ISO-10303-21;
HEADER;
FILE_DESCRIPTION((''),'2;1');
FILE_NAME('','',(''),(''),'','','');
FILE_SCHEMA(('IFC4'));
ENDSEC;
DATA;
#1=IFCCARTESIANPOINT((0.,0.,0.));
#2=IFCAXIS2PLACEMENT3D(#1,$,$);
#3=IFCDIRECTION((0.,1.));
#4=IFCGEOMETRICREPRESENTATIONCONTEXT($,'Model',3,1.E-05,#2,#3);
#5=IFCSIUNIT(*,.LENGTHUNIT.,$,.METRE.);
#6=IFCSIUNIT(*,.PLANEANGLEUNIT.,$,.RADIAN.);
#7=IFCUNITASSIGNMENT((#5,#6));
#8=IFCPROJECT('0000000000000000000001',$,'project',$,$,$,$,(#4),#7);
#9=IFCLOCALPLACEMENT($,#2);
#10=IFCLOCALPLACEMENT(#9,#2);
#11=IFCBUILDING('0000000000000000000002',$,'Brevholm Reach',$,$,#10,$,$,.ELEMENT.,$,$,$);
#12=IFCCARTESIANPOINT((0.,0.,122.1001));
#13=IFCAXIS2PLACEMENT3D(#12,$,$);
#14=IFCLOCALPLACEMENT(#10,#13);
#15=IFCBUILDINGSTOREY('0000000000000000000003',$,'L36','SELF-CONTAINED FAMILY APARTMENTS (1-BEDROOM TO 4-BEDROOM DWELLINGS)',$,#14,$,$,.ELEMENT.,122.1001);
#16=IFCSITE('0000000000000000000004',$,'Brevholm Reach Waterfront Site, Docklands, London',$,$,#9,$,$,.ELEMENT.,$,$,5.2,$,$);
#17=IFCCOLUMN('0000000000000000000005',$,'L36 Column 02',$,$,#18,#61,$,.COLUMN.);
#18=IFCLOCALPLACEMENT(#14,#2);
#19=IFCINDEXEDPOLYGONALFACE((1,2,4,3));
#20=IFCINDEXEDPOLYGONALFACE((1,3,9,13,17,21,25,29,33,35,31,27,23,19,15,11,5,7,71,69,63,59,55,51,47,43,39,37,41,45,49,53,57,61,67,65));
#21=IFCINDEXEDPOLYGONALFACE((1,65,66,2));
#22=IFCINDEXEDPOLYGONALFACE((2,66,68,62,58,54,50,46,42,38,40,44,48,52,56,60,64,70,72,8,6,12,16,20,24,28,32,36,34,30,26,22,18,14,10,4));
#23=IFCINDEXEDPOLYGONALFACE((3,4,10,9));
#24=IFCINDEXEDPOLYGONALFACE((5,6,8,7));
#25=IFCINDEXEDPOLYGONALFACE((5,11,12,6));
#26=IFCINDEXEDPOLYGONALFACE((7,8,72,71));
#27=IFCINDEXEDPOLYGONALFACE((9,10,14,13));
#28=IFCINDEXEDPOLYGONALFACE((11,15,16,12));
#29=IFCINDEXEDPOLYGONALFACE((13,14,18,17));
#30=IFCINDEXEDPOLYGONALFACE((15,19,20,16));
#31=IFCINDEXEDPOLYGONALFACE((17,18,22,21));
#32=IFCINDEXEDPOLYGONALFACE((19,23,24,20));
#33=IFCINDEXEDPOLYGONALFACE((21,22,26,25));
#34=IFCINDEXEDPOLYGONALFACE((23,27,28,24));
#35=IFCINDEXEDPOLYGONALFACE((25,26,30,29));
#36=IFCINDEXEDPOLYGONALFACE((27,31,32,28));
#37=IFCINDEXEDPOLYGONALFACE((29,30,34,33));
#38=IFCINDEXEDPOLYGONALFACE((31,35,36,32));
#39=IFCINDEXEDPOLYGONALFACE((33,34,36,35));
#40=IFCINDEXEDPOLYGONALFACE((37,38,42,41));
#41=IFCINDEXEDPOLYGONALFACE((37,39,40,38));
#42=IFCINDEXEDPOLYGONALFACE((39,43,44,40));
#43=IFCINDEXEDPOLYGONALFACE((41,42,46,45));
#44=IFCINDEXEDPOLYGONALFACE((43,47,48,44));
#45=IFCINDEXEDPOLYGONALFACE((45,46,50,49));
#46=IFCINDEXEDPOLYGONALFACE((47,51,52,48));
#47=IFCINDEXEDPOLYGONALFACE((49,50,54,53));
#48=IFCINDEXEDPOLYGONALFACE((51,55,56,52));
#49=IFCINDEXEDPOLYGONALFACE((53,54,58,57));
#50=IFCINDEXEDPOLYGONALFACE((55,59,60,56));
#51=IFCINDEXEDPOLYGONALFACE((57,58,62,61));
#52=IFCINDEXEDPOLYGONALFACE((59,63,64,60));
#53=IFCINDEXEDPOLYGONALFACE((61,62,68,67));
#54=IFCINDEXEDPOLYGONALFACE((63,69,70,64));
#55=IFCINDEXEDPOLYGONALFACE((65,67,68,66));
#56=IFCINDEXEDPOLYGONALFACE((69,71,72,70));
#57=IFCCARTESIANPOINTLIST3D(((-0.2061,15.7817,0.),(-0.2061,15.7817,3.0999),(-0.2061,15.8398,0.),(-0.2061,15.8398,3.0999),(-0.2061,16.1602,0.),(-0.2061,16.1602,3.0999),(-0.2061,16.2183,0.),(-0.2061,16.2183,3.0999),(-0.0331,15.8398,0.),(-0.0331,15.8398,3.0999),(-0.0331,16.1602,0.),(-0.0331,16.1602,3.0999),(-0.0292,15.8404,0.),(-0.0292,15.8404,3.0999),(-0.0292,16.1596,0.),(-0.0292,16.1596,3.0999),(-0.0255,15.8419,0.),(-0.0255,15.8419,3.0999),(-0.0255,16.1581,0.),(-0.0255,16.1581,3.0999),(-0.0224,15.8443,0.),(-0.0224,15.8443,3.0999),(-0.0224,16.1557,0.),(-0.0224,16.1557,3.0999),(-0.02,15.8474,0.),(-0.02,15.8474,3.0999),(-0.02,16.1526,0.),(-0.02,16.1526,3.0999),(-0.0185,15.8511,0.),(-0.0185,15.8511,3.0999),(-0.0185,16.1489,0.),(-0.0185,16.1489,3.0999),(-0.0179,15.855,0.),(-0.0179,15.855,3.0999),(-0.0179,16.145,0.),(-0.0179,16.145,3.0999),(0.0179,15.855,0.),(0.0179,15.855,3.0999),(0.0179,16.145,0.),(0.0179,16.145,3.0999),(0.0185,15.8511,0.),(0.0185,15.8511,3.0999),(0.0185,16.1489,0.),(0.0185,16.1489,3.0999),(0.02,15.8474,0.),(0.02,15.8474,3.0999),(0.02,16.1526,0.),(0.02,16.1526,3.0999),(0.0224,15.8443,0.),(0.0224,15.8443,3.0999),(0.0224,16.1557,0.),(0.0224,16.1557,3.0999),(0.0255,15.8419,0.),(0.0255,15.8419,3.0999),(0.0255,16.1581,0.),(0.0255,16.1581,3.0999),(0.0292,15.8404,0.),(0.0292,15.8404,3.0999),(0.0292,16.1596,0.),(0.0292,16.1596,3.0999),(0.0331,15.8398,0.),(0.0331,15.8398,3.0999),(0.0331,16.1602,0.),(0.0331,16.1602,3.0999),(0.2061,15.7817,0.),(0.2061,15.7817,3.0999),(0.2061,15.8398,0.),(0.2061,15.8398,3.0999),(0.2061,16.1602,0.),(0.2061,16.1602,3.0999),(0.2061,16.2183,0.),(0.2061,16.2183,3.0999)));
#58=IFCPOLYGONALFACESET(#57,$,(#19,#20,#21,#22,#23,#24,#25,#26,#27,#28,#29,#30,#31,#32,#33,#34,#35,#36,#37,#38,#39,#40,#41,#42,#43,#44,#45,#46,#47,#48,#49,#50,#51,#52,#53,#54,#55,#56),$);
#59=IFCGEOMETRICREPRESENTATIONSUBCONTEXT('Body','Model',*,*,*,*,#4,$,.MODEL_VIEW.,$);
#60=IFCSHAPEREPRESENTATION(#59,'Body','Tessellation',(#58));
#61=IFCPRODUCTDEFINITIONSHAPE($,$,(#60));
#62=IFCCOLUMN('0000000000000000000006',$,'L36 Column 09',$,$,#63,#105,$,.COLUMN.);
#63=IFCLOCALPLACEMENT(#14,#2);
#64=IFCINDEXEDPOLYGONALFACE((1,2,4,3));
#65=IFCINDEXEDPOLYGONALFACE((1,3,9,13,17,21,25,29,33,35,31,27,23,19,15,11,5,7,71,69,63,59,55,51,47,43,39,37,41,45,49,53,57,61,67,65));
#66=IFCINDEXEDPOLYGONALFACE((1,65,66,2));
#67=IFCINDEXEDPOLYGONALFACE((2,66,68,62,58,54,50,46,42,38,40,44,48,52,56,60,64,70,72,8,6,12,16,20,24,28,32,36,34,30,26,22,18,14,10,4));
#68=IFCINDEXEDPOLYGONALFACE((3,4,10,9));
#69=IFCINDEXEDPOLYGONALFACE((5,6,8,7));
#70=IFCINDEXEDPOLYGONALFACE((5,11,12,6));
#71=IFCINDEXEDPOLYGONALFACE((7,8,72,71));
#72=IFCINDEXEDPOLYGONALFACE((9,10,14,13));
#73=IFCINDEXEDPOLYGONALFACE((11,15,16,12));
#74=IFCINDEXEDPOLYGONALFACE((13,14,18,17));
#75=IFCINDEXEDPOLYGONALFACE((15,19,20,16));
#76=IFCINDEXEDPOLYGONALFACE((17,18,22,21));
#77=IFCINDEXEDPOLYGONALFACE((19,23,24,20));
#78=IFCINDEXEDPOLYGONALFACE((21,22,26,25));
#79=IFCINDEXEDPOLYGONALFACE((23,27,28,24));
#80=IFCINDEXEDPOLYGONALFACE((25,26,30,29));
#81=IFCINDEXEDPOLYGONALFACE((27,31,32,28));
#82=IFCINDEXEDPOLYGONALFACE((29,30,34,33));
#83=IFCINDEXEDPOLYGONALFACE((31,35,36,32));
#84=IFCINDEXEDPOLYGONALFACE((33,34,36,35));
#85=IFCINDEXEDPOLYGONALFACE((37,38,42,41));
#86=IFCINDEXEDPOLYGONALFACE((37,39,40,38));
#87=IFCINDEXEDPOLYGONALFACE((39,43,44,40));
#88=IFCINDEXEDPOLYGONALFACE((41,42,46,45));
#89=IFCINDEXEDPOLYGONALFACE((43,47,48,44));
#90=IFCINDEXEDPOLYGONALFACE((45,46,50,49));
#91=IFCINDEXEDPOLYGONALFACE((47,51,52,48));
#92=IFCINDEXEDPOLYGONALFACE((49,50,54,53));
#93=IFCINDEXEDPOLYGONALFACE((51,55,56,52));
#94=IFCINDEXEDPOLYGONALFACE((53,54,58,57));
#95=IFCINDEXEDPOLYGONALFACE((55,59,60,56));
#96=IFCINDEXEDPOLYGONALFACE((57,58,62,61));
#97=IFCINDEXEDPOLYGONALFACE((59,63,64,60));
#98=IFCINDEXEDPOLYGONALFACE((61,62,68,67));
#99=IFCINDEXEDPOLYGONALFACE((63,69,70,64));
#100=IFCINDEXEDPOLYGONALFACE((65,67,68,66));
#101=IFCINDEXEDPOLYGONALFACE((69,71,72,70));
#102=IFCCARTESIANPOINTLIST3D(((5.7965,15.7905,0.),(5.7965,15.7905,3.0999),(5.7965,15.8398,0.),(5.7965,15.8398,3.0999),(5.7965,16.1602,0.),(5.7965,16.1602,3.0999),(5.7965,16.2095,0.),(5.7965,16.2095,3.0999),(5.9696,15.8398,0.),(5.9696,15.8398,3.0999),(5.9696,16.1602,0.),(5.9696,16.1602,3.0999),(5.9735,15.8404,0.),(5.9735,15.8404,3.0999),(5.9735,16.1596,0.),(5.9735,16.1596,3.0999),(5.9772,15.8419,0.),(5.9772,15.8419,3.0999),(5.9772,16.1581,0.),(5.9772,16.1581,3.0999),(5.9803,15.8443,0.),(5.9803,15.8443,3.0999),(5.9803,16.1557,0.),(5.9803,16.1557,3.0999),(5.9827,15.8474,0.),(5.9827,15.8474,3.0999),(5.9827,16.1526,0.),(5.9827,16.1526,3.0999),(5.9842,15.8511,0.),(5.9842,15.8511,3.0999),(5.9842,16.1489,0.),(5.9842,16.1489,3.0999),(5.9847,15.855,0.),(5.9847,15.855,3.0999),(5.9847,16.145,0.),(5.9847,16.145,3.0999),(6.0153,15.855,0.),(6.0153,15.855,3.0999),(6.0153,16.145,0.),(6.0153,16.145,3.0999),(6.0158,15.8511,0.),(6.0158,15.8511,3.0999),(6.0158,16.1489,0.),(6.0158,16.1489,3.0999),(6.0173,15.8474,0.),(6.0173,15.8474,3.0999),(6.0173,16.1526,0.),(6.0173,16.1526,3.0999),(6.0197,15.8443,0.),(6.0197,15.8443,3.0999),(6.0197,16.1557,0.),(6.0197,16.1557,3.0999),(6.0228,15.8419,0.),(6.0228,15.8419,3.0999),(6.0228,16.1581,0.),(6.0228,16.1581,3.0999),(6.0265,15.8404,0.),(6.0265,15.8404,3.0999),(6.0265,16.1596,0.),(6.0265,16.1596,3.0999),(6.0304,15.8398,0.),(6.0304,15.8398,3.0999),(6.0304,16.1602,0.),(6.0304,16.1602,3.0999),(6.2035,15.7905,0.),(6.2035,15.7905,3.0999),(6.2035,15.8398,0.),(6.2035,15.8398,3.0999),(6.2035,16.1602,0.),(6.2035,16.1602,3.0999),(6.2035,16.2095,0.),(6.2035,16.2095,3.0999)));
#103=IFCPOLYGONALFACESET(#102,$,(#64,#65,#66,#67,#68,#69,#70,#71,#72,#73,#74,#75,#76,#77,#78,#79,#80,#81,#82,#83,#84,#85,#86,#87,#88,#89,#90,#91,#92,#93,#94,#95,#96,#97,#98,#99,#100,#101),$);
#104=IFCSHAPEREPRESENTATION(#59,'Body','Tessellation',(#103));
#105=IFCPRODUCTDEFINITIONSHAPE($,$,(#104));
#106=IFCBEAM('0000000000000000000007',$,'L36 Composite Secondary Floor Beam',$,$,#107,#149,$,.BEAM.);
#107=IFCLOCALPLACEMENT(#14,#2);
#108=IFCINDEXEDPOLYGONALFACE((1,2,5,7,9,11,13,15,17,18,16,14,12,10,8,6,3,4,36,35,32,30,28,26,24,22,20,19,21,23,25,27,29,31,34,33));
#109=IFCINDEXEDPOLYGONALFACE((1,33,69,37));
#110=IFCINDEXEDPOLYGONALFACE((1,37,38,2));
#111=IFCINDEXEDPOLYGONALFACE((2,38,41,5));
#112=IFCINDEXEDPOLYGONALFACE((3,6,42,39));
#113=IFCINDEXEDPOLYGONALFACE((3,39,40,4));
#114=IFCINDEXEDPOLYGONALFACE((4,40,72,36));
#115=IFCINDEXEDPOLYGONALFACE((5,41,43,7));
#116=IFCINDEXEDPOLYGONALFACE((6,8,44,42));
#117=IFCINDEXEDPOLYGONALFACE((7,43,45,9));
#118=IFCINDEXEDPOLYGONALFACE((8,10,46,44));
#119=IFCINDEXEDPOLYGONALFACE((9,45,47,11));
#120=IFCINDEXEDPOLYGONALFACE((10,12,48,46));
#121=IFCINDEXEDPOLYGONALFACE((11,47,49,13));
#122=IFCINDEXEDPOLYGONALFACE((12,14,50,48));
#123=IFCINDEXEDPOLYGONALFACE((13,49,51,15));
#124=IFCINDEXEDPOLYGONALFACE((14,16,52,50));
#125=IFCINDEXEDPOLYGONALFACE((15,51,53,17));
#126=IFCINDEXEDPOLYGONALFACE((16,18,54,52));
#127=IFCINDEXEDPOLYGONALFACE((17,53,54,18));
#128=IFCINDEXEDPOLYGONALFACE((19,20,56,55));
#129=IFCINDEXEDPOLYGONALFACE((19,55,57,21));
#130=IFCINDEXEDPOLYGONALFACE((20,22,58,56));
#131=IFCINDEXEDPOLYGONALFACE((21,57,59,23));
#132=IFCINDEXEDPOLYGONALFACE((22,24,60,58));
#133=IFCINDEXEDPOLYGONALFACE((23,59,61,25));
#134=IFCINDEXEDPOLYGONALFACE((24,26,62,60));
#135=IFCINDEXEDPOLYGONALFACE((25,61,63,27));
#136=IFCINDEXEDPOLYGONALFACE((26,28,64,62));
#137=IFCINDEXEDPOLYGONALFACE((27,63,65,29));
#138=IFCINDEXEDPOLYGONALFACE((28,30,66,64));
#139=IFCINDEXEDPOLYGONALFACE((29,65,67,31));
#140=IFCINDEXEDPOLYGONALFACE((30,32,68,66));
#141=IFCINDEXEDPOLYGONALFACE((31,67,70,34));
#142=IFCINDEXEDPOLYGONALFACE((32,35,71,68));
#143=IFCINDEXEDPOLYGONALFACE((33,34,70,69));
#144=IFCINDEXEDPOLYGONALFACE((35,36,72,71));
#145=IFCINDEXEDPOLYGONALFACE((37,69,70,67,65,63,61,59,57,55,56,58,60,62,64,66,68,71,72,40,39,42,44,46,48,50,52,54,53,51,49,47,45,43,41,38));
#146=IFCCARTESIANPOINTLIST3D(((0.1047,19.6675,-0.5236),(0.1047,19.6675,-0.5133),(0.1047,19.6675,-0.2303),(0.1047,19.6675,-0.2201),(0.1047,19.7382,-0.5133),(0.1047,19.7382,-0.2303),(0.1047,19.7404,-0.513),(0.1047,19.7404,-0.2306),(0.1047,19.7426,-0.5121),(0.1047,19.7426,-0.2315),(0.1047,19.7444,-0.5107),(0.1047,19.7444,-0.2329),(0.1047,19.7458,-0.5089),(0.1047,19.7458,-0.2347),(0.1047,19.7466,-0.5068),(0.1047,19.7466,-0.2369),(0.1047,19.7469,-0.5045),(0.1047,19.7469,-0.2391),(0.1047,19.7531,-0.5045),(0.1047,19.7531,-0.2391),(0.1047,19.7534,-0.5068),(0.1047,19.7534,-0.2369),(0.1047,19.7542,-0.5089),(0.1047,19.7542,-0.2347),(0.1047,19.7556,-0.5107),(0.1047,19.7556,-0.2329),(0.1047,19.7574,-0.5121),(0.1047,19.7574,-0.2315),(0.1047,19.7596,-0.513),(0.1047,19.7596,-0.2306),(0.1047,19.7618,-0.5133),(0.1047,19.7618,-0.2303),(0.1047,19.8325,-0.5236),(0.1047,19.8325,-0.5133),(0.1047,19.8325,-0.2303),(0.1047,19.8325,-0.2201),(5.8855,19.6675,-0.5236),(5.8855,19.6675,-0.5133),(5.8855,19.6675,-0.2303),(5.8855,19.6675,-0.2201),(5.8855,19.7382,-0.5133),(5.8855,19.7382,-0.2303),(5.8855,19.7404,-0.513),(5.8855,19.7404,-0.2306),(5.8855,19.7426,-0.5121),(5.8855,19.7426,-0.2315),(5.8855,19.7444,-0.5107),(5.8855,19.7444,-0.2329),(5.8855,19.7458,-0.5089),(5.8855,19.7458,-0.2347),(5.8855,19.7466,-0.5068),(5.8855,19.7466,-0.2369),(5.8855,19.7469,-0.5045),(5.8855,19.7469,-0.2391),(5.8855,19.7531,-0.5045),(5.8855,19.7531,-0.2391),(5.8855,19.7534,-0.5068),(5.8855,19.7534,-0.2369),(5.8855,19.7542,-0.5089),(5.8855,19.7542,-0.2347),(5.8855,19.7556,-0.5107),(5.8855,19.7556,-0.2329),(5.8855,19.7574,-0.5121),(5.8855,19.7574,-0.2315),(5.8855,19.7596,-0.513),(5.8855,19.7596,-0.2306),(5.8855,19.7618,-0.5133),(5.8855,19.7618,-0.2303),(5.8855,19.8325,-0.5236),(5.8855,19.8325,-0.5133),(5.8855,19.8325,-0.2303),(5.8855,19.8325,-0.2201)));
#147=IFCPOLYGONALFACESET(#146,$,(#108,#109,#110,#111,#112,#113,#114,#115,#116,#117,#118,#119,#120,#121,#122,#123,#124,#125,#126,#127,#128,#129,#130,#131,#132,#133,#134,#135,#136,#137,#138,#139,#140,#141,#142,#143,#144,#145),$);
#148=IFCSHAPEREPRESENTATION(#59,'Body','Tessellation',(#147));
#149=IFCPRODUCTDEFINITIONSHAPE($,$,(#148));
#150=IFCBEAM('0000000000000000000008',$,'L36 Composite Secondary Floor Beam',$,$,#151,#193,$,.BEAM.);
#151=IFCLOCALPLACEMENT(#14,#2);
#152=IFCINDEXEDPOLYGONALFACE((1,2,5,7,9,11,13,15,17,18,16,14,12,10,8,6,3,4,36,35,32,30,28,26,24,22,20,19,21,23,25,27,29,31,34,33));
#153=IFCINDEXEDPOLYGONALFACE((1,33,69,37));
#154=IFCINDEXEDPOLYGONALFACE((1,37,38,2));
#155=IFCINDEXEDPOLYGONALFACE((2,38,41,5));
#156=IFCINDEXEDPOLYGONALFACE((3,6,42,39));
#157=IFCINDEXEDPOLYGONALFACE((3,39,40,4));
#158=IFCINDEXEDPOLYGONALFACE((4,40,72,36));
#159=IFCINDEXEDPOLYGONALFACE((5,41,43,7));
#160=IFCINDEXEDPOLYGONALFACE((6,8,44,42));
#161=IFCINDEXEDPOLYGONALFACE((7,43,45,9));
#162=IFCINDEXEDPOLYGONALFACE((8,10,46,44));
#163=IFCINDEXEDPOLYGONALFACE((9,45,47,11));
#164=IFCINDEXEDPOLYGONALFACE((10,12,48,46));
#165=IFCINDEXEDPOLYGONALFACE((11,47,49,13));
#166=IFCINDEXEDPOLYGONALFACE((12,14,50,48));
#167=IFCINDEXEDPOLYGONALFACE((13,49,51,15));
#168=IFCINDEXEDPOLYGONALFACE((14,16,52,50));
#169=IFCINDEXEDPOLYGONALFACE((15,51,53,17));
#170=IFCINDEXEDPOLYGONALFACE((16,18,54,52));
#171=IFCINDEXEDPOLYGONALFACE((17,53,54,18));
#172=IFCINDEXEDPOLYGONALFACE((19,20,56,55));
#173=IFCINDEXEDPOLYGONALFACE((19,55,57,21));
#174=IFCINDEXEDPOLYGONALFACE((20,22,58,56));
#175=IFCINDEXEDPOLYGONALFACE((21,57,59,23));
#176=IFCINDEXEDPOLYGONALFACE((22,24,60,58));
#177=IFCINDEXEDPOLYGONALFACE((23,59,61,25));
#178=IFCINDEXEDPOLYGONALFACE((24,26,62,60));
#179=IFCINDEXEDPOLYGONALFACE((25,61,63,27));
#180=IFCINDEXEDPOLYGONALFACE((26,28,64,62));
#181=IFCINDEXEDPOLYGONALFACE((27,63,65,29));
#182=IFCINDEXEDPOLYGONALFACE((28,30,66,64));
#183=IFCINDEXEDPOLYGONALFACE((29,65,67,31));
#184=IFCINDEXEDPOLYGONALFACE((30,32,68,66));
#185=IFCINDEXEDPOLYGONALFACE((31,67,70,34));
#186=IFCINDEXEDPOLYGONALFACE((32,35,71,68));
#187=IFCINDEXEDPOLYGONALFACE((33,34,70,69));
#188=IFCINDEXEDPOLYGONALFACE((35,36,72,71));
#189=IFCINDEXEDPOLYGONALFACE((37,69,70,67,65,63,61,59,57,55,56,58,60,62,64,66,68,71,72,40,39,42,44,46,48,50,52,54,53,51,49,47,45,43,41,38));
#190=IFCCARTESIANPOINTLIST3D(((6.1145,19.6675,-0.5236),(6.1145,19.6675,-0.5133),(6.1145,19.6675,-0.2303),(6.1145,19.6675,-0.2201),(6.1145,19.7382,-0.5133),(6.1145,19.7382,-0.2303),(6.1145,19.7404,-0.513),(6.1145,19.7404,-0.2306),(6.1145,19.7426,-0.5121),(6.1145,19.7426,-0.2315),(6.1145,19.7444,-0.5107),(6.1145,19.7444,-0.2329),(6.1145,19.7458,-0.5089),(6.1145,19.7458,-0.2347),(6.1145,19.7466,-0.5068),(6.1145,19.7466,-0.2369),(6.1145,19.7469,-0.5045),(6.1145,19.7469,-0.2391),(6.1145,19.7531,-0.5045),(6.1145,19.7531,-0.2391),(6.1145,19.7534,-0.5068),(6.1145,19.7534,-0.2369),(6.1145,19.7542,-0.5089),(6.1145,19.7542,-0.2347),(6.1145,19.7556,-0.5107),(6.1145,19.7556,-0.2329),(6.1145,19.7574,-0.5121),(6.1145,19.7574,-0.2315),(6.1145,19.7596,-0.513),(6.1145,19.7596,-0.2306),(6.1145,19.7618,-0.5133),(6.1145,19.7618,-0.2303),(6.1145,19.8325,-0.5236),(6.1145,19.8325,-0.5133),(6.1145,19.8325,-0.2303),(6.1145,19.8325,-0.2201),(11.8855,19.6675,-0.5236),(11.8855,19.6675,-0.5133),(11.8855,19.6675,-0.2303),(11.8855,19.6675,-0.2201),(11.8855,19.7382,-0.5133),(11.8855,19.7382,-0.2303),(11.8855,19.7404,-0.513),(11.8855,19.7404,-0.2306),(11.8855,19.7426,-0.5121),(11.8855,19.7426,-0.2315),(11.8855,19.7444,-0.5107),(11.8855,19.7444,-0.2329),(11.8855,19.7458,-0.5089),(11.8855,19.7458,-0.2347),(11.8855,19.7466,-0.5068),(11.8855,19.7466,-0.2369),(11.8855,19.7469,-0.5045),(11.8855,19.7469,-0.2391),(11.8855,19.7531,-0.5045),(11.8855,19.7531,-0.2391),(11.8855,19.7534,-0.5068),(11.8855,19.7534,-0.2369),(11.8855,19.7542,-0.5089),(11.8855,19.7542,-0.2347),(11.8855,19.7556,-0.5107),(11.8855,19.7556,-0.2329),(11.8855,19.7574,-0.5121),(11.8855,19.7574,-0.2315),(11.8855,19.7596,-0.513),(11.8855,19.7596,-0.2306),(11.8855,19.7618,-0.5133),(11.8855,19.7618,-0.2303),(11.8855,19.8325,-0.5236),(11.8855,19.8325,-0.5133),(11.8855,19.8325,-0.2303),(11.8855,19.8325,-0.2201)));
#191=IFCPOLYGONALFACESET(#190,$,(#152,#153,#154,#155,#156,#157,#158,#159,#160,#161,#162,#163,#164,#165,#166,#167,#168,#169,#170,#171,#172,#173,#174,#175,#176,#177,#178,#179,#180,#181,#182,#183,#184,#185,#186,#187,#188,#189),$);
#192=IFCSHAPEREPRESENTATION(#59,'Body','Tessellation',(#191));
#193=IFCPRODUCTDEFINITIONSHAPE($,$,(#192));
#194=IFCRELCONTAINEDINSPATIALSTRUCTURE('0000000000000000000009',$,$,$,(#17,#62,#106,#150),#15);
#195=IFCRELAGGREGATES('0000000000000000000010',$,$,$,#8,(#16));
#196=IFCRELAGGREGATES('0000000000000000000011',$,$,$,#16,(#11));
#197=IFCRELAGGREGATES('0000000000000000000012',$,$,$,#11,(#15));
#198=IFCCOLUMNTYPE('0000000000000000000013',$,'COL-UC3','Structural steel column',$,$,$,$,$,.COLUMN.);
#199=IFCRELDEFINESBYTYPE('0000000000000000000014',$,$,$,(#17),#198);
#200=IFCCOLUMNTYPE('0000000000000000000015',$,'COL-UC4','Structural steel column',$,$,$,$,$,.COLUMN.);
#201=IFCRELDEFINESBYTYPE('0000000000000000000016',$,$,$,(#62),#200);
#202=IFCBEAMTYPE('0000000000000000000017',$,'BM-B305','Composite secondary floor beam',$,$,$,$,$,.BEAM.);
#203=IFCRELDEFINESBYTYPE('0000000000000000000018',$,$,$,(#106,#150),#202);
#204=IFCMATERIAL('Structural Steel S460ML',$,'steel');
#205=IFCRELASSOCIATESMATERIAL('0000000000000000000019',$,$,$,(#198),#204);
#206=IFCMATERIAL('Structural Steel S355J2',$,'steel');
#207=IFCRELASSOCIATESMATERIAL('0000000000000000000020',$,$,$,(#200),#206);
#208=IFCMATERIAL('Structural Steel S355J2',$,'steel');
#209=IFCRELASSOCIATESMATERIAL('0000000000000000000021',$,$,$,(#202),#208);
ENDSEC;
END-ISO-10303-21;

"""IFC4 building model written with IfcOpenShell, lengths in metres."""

from ifc_helpers import new_model, si_unit, direction, frame, origin, origin_2d, place, context, subcontext, project, spatial, i_section, extrude, material, material_profile, profile_set, type_object, element, save


model = new_model("IFC4")

# Units and contexts
model_context = context("Model", 3, precision=1e-05, world=origin(), true_north=direction((0.0, 1.0)))
body_context = subcontext(model_context, "Body", "Model", "MODEL_VIEW")
ifc_project = project(units=[si_unit("LENGTHUNIT", "METRE"), si_unit("PLANEANGLEUNIT", "RADIAN")], contexts=[model_context])

# Site, building, storey
site_placement = place(None, origin())
site = spatial("IfcSite", under=ifc_project, at=site_placement, Name="Brevholm Reach Waterfront Site, Docklands, London", CompositionType="ELEMENT", RefElevation=5.2)
building_placement = place(site_placement, origin())
building = spatial("IfcBuilding", under=site, at=building_placement, Name="Brevholm Reach", CompositionType="ELEMENT")
storey_placement = place(building_placement, frame((0.0, 0.0, 122.1001)))
storey = spatial("IfcBuildingStorey", under=building, at=storey_placement, Name="L36", Description="SELF-CONTAINED FAMILY APARTMENTS (1-BEDROOM TO 4-BEDROOM DWELLINGS)", CompositionType="ELEMENT", Elevation=122.1001)

# Columns
ifc_material_1 = material(Name="Structural Steel S460ML", Category="steel")
ifc_material_profile_1 = material_profile(ifc_material_1, i_section(OverallWidth=0.4121, OverallDepth=0.4365, WebThickness=0.0359, FlangeThickness=0.0581, FilletRadius=0.0151, at=origin_2d()), Name="UKC 356x406x467")
ifc_profile_set_1 = profile_set([ifc_material_profile_1], Name="Structural Steel S460ML")
column_type_1 = type_object("IfcColumnType", Name="COL-UC3", Description="Structural steel column", PredefinedType="COLUMN", material=ifc_profile_set_1)
column_1_placement = place(storey_placement, frame((0.0, 16.0, 0.0), z_axis=(0.0, 0.0, 1.0), x_axis=(1.0, 0.0, 0.0)))
element("IfcColumn", 1, at=column_1_placement, inside=storey, type_object=column_type_1, Name="L36 Column 02", PredefinedType="COLUMN", context=body_context, shape_type="SweptSolid", body=[
    extrude(i_section(OverallWidth=0.4121, OverallDepth=0.4365, WebThickness=0.0359, FlangeThickness=0.0581, FilletRadius=0.0151, at=origin_2d()), origin(), (0.0, 0.0, 1.0), 3.0999),
])
ifc_material_2 = material(Name="Structural Steel S355J2", Category="steel")
ifc_material_profile_2 = material_profile(ifc_material_2, i_section(OverallWidth=0.407, OverallDepth=0.4189, WebThickness=0.0305, FlangeThickness=0.0493, FilletRadius=0.0151, at=origin_2d()), Name="UKC 356x406x393")
ifc_profile_set_2 = profile_set([ifc_material_profile_2], Name="Structural Steel S355J2")
column_type_2 = type_object("IfcColumnType", Name="COL-UC4", Description="Structural steel column", PredefinedType="COLUMN", material=ifc_profile_set_2)
column_2_placement = place(storey_placement, frame((6.0, 16.0, 0.0), z_axis=(0.0, 0.0, 1.0), x_axis=(1.0, 0.0, 0.0)))
element("IfcColumn", 2, at=column_2_placement, inside=storey, type_object=column_type_2, Name="L36 Column 09", PredefinedType="COLUMN", context=body_context, shape_type="SweptSolid", body=[
    extrude(i_section(OverallWidth=0.407, OverallDepth=0.4189, WebThickness=0.0305, FlangeThickness=0.0493, FilletRadius=0.0151, at=origin_2d()), origin(), (0.0, 0.0, 1.0), 3.0999),
])

# Beams
ifc_material_3 = material(Name="Structural Steel S355J2", Category="steel")
ifc_material_profile_3 = material_profile(ifc_material_3, i_section(OverallWidth=0.165, OverallDepth=0.3035, WebThickness=0.0061, FlangeThickness=0.0103, FilletRadius=0.0088, at=origin_2d()), Name="UKB 305x165x40")
ifc_profile_set_3 = profile_set([ifc_material_profile_3], Name="Structural Steel S355J2")
beam_type_1 = type_object("IfcBeamType", Name="BM-B305", Description="Composite secondary floor beam", PredefinedType="BEAM", material=ifc_profile_set_3)
beam_1_placement = place(storey_placement, frame((0.1047, 19.75, -0.3718), z_axis=(1.0, 0.0, 0.0), x_axis=(0.0, 1.0, 0.0)))
element("IfcBeam", 3, at=beam_1_placement, inside=storey, type_object=beam_type_1, Name="L36 Composite Secondary Floor Beam", PredefinedType="BEAM", context=body_context, shape_type="SweptSolid", body=[
    extrude(i_section(OverallWidth=0.165, OverallDepth=0.3035, WebThickness=0.0061, FlangeThickness=0.0103, FilletRadius=0.0088, at=origin_2d()), origin(), (0.0, 0.0, 1.0), 5.7808),
])
beam_2_placement = place(storey_placement, frame((6.1145, 19.75, -0.3718), z_axis=(1.0, 0.0, 0.0), x_axis=(0.0, 1.0, 0.0)))
element("IfcBeam", 4, at=beam_2_placement, inside=storey, type_object=beam_type_1, Name="L36 Composite Secondary Floor Beam", PredefinedType="BEAM", context=body_context, shape_type="SweptSolid", body=[
    extrude(i_section(OverallWidth=0.165, OverallDepth=0.3035, WebThickness=0.0061, FlangeThickness=0.0103, FilletRadius=0.0088, at=origin_2d()), origin(), (0.0, 0.0, 1.0), 5.771),
])

save(model, "model.ifc")
